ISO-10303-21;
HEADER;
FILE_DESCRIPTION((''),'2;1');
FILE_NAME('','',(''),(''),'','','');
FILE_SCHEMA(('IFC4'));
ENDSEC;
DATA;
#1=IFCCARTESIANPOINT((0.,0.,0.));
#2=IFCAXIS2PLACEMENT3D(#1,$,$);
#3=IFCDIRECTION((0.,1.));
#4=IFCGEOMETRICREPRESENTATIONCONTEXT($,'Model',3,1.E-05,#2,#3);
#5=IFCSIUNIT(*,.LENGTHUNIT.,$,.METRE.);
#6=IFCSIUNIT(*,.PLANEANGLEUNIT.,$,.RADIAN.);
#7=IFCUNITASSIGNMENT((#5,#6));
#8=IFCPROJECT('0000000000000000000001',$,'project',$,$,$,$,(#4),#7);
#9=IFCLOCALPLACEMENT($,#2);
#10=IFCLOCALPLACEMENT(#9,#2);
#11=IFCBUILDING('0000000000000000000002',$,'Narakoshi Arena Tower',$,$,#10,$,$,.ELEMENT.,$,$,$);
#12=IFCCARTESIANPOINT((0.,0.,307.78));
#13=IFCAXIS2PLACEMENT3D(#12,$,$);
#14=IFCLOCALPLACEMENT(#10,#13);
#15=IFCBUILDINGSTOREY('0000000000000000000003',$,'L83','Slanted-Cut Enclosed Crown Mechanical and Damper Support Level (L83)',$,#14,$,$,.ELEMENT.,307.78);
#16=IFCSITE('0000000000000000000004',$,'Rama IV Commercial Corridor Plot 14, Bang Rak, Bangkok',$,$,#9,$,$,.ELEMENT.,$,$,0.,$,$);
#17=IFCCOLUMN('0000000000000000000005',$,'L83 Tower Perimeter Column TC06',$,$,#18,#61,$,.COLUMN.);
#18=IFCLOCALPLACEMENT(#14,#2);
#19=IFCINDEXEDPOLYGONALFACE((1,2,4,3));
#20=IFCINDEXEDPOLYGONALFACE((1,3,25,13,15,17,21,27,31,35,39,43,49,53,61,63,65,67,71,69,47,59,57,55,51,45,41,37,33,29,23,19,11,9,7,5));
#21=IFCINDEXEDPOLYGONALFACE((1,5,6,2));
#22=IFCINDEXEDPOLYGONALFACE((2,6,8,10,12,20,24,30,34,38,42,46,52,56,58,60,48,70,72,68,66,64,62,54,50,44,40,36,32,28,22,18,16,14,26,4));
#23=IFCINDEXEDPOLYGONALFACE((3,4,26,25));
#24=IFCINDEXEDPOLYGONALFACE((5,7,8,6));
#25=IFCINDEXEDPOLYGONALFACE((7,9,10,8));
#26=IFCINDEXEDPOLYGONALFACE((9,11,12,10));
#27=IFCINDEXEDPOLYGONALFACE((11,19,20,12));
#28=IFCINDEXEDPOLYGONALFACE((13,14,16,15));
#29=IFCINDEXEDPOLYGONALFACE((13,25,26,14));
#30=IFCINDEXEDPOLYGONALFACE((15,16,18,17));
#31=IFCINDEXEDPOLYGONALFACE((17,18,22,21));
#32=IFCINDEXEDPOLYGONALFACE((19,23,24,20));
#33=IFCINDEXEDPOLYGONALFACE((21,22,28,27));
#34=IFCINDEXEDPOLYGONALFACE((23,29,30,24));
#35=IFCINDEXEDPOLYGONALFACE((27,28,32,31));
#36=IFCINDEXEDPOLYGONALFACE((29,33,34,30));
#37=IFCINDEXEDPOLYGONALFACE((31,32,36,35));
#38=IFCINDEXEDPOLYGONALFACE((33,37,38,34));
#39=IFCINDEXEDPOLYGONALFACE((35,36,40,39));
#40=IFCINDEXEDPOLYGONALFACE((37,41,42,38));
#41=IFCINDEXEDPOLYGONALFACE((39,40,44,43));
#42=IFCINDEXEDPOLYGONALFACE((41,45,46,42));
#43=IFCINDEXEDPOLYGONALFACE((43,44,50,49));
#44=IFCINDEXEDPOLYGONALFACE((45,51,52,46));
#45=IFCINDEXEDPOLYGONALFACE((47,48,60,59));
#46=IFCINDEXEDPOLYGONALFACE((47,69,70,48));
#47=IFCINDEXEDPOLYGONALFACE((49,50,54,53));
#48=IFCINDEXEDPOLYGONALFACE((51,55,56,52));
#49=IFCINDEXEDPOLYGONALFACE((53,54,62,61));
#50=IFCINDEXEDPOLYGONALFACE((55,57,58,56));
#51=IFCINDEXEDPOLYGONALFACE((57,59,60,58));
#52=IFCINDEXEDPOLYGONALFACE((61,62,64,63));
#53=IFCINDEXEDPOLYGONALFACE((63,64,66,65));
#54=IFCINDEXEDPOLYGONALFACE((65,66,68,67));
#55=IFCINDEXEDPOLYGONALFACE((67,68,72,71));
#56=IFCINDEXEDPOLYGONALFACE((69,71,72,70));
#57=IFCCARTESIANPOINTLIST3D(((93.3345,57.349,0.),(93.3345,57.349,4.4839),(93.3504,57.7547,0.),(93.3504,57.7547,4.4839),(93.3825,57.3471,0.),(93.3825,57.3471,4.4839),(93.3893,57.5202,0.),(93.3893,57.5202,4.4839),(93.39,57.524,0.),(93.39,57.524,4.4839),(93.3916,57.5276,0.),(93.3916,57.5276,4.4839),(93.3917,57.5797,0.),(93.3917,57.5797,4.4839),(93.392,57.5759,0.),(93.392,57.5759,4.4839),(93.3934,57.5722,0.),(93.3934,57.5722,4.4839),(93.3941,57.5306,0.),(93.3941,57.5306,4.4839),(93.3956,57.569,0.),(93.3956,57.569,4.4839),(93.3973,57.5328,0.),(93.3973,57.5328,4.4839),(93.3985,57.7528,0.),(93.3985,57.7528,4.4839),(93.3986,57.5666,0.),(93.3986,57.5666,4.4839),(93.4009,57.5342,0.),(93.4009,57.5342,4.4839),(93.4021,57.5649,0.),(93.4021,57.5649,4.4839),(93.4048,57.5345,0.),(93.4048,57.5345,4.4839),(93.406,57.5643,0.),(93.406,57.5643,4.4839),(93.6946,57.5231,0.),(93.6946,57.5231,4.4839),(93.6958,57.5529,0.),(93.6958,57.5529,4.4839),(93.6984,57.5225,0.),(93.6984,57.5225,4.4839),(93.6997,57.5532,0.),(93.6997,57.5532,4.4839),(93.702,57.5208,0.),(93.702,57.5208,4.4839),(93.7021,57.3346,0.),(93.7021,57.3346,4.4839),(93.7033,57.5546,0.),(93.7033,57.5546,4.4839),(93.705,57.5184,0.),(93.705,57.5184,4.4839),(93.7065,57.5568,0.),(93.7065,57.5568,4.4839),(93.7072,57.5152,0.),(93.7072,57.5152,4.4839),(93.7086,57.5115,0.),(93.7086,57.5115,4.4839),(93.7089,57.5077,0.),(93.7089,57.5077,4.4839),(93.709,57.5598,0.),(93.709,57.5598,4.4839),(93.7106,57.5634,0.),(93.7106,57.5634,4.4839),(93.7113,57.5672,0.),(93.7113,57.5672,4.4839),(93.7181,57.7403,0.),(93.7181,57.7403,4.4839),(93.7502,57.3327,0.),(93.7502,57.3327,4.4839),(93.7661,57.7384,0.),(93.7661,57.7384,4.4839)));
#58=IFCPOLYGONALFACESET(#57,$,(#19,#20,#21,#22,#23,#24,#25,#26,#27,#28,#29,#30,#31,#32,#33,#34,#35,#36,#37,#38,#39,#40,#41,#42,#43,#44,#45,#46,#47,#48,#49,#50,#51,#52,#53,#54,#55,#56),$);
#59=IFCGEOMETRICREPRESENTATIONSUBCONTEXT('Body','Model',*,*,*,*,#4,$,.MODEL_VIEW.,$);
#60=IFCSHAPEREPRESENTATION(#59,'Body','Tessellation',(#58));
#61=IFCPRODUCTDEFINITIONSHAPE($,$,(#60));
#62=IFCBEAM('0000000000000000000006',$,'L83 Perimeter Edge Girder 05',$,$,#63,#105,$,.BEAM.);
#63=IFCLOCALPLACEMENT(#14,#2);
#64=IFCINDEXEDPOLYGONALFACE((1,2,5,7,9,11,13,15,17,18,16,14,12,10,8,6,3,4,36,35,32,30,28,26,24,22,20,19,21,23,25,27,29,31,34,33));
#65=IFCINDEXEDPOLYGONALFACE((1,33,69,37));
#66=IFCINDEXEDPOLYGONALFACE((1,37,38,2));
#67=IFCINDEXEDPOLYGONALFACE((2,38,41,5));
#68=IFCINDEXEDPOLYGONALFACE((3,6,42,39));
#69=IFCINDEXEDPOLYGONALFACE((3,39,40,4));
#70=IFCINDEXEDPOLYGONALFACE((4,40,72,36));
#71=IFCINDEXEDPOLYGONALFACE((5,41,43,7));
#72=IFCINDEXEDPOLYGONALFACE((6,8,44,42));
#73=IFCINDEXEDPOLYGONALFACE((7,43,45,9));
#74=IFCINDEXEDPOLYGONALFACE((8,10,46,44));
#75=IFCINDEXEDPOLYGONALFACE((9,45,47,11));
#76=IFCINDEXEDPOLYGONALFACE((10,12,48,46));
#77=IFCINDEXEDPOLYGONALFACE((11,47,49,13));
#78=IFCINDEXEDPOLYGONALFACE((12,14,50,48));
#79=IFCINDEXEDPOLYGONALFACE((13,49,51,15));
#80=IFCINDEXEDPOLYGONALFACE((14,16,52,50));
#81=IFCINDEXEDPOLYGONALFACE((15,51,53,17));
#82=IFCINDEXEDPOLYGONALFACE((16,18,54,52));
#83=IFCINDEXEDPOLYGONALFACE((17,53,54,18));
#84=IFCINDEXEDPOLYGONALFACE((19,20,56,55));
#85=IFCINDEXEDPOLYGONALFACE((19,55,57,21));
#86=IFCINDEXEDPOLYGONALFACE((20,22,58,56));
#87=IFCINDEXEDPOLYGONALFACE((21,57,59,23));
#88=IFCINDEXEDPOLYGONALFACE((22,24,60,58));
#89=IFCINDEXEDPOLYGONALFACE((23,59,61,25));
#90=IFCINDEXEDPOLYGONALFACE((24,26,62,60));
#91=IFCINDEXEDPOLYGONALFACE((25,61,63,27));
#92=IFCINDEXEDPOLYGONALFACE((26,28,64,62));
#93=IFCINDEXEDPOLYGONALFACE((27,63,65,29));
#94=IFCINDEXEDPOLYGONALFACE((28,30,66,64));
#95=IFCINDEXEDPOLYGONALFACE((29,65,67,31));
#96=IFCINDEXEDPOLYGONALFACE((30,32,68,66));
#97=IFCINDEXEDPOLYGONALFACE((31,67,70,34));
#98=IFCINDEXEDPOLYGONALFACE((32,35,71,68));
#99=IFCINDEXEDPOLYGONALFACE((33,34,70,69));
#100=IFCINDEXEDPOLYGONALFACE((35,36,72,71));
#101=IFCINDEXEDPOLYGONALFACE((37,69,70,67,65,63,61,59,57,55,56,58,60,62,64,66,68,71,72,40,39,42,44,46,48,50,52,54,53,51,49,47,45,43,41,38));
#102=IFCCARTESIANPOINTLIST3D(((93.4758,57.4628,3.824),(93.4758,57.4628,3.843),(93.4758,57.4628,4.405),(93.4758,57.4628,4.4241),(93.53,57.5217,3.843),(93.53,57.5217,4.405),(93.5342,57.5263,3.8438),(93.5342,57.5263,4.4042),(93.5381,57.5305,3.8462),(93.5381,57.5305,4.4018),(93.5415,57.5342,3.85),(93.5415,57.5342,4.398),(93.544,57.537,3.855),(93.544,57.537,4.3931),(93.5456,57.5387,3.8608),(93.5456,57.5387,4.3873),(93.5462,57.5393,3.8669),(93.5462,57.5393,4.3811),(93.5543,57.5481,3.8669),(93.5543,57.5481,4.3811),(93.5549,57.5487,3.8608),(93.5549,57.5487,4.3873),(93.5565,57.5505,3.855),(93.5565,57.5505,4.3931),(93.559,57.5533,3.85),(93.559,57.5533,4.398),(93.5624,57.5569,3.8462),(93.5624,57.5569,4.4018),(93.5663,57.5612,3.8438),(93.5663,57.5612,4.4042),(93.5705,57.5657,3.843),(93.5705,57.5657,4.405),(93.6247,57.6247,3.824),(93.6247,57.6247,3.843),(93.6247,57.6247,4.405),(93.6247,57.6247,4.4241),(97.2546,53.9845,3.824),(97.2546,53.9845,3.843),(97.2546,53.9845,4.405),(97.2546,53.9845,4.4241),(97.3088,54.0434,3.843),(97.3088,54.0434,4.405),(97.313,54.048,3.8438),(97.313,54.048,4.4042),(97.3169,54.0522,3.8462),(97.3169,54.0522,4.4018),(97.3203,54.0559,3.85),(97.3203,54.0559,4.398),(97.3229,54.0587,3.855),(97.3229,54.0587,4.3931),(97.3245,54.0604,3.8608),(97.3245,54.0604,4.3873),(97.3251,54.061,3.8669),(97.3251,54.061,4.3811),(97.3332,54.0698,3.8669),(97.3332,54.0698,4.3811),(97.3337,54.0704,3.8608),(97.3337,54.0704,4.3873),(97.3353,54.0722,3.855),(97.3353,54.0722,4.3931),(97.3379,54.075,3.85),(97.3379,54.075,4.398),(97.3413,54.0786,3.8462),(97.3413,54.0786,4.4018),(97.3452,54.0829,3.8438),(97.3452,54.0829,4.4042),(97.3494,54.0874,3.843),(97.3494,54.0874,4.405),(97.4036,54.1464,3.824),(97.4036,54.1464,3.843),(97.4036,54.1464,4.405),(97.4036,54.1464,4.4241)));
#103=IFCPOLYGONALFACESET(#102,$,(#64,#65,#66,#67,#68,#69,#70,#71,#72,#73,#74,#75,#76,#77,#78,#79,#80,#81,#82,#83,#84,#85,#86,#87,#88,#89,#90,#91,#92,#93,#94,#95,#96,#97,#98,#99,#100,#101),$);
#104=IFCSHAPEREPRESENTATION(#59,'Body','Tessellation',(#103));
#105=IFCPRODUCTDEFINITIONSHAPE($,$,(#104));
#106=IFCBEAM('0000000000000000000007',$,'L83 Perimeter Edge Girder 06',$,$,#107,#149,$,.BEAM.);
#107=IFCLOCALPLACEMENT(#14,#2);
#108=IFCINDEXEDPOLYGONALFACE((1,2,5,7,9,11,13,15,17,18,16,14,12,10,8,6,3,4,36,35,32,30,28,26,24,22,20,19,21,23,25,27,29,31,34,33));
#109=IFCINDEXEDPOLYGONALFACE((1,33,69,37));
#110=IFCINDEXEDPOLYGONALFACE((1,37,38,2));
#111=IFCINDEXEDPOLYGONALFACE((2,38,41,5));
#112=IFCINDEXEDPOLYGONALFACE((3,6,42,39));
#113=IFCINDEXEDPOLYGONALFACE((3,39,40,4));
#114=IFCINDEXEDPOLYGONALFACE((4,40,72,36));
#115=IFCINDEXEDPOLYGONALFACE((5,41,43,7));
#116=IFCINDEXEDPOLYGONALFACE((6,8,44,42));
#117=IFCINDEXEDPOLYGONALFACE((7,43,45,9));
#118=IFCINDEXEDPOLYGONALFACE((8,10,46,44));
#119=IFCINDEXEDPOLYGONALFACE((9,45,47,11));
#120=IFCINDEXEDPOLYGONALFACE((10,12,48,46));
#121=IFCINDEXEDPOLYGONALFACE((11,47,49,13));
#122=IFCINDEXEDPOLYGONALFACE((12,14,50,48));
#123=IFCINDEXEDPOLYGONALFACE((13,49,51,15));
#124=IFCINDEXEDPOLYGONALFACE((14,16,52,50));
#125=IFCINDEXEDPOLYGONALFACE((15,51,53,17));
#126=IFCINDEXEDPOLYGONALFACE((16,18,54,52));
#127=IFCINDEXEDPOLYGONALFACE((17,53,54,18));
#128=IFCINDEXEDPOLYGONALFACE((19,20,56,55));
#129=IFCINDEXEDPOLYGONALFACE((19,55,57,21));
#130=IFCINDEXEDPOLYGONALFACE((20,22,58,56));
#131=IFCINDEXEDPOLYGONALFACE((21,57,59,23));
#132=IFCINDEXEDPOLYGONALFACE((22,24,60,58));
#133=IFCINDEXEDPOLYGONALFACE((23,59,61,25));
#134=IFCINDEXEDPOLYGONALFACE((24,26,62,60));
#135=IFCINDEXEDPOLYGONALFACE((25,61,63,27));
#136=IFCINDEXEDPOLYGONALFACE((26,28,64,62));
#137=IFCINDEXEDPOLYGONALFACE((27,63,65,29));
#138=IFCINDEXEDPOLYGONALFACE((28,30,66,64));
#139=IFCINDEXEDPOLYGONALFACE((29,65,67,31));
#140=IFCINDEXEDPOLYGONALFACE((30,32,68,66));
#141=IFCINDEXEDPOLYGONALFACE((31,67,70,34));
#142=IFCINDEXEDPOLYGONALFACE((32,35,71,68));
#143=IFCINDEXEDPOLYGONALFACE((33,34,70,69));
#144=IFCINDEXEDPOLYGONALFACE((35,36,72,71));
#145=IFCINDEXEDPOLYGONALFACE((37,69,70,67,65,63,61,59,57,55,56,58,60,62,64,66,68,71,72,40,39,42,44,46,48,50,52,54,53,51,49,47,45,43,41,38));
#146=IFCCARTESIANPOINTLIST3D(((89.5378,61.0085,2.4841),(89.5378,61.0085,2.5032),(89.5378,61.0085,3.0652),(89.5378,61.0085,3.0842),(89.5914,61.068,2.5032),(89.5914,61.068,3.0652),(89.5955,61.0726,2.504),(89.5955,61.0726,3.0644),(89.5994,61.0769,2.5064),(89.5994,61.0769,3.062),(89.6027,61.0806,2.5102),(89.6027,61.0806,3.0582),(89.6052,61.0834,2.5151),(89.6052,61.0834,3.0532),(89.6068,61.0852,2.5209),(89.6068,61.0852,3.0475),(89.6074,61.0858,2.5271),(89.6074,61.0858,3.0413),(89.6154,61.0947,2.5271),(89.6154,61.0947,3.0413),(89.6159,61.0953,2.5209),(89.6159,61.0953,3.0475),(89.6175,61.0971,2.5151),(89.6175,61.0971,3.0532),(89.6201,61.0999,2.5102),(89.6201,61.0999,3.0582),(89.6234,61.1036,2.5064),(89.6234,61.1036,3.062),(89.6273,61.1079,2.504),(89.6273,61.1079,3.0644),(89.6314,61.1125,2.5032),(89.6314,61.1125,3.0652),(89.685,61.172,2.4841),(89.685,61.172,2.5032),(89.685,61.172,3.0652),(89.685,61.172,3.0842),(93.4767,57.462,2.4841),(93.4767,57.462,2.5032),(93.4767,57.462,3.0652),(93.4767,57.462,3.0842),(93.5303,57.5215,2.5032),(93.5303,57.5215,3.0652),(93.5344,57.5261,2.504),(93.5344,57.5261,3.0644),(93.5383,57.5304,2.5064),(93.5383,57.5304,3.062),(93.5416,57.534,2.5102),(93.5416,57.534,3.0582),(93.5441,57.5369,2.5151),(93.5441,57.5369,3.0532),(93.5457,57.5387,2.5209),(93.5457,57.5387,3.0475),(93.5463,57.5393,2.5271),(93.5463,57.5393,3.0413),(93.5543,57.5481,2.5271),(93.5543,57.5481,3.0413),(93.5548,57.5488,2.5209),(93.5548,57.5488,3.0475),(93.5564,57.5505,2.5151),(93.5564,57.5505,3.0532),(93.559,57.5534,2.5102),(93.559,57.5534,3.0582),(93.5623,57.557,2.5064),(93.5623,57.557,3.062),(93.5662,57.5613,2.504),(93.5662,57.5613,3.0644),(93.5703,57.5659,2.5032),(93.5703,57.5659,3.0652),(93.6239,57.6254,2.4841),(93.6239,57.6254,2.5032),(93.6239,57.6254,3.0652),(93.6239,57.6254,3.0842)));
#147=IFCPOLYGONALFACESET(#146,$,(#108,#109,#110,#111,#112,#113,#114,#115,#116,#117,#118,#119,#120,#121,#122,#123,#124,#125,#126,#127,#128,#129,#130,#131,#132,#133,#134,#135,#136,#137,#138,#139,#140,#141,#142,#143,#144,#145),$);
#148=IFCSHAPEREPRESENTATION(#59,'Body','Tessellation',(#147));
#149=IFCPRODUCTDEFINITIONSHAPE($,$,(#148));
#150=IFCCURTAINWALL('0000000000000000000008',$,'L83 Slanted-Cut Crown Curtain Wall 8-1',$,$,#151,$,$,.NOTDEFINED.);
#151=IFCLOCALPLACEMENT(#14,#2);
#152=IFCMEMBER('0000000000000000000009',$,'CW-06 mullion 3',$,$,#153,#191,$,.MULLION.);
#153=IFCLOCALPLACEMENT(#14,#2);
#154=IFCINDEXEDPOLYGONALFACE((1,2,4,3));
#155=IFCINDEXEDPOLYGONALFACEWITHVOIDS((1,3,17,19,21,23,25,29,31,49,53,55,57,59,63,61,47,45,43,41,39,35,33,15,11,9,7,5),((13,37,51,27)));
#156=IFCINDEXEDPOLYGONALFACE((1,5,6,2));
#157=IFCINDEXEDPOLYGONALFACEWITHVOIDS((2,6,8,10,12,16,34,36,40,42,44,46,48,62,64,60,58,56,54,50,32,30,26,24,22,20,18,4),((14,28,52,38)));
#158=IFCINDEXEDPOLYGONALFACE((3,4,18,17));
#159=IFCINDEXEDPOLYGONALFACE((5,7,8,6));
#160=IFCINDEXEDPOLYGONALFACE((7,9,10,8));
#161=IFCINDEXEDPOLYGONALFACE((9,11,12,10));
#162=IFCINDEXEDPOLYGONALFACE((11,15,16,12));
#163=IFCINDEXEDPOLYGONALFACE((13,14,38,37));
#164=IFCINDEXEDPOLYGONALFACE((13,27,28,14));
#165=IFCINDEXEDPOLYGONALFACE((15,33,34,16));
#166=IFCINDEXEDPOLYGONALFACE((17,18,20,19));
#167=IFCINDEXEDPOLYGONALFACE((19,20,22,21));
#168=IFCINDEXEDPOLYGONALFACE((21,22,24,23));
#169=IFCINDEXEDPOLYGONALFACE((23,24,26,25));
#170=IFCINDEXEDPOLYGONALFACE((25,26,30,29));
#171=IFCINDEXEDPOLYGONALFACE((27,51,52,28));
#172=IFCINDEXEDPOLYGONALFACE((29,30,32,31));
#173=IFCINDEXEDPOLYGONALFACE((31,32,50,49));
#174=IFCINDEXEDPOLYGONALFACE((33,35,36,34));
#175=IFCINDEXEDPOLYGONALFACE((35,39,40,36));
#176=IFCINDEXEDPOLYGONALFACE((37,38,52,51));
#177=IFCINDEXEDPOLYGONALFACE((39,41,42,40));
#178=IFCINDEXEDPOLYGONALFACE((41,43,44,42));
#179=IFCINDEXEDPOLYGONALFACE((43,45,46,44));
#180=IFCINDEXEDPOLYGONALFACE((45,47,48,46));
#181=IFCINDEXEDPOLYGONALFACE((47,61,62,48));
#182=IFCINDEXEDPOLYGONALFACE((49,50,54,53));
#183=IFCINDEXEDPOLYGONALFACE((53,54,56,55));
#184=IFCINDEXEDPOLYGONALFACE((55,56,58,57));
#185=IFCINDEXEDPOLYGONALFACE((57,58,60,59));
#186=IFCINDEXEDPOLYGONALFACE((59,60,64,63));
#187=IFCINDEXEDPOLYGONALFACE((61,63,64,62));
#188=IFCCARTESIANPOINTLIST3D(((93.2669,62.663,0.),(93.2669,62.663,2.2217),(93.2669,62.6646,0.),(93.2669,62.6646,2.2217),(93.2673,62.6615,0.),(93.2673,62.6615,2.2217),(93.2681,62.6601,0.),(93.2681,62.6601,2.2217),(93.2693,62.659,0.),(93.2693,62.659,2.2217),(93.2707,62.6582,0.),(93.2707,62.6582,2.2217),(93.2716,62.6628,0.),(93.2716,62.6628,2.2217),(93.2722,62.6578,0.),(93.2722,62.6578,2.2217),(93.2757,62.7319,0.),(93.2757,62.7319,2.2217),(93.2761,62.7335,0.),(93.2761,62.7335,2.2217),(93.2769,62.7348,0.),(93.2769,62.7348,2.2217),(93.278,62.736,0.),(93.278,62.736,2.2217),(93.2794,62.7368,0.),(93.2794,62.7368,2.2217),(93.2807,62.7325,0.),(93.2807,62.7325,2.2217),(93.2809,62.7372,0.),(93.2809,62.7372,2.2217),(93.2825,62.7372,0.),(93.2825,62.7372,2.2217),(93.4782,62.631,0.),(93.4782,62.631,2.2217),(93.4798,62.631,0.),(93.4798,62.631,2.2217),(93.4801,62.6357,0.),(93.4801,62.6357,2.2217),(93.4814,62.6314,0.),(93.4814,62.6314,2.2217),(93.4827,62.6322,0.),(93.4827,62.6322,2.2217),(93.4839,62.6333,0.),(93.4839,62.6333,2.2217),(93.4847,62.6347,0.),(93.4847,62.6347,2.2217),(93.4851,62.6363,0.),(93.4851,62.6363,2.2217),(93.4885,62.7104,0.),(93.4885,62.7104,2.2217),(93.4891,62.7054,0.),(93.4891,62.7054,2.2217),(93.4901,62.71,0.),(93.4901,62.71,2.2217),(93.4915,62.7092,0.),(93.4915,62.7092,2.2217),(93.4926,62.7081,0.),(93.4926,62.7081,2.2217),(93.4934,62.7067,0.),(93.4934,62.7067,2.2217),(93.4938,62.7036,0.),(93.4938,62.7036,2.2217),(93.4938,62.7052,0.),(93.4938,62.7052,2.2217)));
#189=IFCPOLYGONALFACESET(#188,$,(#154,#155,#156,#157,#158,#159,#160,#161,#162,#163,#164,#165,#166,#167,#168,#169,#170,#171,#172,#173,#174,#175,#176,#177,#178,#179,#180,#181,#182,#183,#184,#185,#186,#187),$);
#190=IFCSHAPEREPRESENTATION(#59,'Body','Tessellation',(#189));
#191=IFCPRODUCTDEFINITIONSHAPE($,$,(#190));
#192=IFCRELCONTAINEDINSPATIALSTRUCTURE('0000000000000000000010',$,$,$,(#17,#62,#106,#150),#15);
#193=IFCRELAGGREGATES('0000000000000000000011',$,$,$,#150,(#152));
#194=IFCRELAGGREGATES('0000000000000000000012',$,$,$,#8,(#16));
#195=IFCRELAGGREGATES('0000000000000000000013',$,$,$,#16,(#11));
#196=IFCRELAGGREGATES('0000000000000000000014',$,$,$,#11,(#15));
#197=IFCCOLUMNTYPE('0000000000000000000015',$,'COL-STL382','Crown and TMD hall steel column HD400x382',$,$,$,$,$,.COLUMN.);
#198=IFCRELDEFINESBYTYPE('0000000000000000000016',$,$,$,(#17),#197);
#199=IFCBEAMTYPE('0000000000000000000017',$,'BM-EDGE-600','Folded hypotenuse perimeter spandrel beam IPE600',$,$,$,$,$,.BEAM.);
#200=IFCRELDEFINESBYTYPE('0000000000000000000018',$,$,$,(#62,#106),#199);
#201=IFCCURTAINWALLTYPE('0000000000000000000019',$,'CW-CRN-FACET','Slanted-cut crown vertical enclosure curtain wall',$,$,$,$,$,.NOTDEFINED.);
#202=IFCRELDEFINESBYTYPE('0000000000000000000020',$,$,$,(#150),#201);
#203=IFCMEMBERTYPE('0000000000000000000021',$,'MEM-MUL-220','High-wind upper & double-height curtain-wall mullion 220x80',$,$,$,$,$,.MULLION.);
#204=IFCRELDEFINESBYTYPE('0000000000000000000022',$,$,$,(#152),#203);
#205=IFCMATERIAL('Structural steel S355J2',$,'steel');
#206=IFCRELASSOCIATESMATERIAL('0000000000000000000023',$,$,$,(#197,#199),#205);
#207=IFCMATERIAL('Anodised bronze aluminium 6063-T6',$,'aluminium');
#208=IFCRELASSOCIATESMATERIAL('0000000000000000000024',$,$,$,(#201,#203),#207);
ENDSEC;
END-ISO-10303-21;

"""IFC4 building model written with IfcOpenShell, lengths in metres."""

from ifc_helpers import new_model, si_unit, direction, frame, origin, origin_2d, place, context, subcontext, project, spatial, hollow_rectangle, i_section, extrude, material, material_profile, profile_set, type_object, element, aggregate, save


model = new_model("IFC4")

# Units and contexts
model_context = context("Model", 3, precision=1e-05, world=origin(), true_north=direction((0.0, 1.0)))
body_context = subcontext(model_context, "Body", "Model", "MODEL_VIEW")
ifc_project = project(units=[si_unit("LENGTHUNIT", "METRE"), si_unit("PLANEANGLEUNIT", "RADIAN")], contexts=[model_context])

# Site, building, storey
site_placement = place(None, origin())
site = spatial("IfcSite", under=ifc_project, at=site_placement, Name="Rama IV Commercial Corridor Plot 14, Bang Rak, Bangkok", CompositionType="ELEMENT", RefElevation=0.0)
building_placement = place(site_placement, origin())
building = spatial("IfcBuilding", under=site, at=building_placement, Name="Narakoshi Arena Tower", CompositionType="ELEMENT")
storey_placement = place(building_placement, frame((0.0, 0.0, 307.78)))
storey = spatial("IfcBuildingStorey", under=building, at=storey_placement, Name="L83", Description="Slanted-Cut Enclosed Crown Mechanical and Damper Support Level (L83)", CompositionType="ELEMENT", Elevation=307.78)

# Column
ifc_material_1 = material(Name="Structural steel S355J2", Category="steel")
ifc_material_profile_1 = material_profile(ifc_material_1, i_section(OverallWidth=0.406, OverallDepth=0.416, WebThickness=0.0298, FlangeThickness=0.0481, FilletRadius=0.0149, at=origin_2d()), Name="HD400x382")
ifc_profile_set_1 = profile_set([ifc_material_profile_1], Name="Structural steel S355J2")
column_type = type_object("IfcColumnType", Name="COL-STL382", Description="Crown and TMD hall steel column HD400x382", PredefinedType="COLUMN", material=ifc_profile_set_1)
column_placement = place(storey_placement, frame((93.5503, 57.5437, 0.0), z_axis=(0.0, 0.0, 1.0), x_axis=(0.03926, 0.999229, 0.0)))
element("IfcColumn", 1, at=column_placement, inside=storey, type_object=column_type, Name="L83 Tower Perimeter Column TC06", PredefinedType="COLUMN", context=body_context, shape_type="SweptSolid", body=[
    extrude(i_section(OverallWidth=0.406, OverallDepth=0.416, WebThickness=0.0298, FlangeThickness=0.0481, FilletRadius=0.0149, at=origin_2d()), origin(), (0.0, 0.0, 1.0), 4.4839),
])

# Beams
ifc_material_profile_2 = material_profile(ifc_material_1, i_section(OverallWidth=0.22, OverallDepth=0.6001, WebThickness=0.012, FlangeThickness=0.019, FilletRadius=0.0239, at=origin_2d()), Name="IPE600")
ifc_profile_set_2 = profile_set([ifc_material_profile_2], Name="Structural steel S355J2")
beam_type = type_object("IfcBeamType", Name="BM-EDGE-600", Description="Folded hypotenuse perimeter spandrel beam IPE600", PredefinedType="BEAM", material=ifc_profile_set_2)
beam_1_placement = place(storey_placement, frame((97.3291, 54.0654, 4.124), z_axis=(-0.73576, 0.677243, 0.0), x_axis=(-0.677243, -0.73576, 0.0)))
element("IfcBeam", 2, at=beam_1_placement, inside=storey, type_object=beam_type, Name="L83 Perimeter Edge Girder 05", PredefinedType="BEAM", context=body_context, shape_type="SweptSolid", body=[
    extrude(i_section(OverallWidth=0.22, OverallDepth=0.6001, WebThickness=0.012, FlangeThickness=0.019, FilletRadius=0.0239, at=origin_2d()), origin(), (0.0, 0.0, 1.0), 5.136),
])
beam_2_placement = place(storey_placement, frame((93.5503, 57.5437, 2.7842), z_axis=(-0.743148, 0.669128, 0.0), x_axis=(-0.669128, -0.743148, 0.0)))
element("IfcBeam", 3, at=beam_2_placement, inside=storey, type_object=beam_type, Name="L83 Perimeter Edge Girder 06", PredefinedType="BEAM", context=body_context, shape_type="SweptSolid", body=[
    extrude(i_section(OverallWidth=0.22, OverallDepth=0.6001, WebThickness=0.012, FlangeThickness=0.019, FilletRadius=0.0239, at=origin_2d()), origin(), (0.0, 0.0, 1.0), 5.3003),
])

# Curtain wall, member
ifc_material_2 = material(Name="Anodised bronze aluminium 6063-T6", Category="aluminium")
curtain_wall_type = type_object("IfcCurtainWallType", Name="CW-CRN-FACET", Description="Slanted-cut crown vertical enclosure curtain wall", PredefinedType="NOTDEFINED", material=ifc_material_2)
curtain_wall_placement = place(storey_placement, origin())
curtain_wall = element("IfcCurtainWall", 4, at=curtain_wall_placement, inside=storey, type_object=curtain_wall_type, Name="L83 Slanted-Cut Crown Curtain Wall 8-1", PredefinedType="NOTDEFINED")
ifc_material_profile_3 = material_profile(ifc_material_2, hollow_rectangle(XDim=0.0801, YDim=0.22, WallThickness=0.0049, OuterFilletRadius=0.0061, at=origin_2d()), Name="MUL220x80x5")
ifc_profile_set_3 = profile_set([ifc_material_profile_3], Name="Anodised bronze aluminium 6063-T6")
member_type_1 = type_object("IfcMemberType", Name="MEM-MUL-220", Description="High-wind upper & double-height curtain-wall mullion 220x80", PredefinedType="MULLION", material=ifc_profile_set_3)
member_1_placement = place(storey_placement, frame((93.3804, 62.6841, 0.0), z_axis=(0.0, 0.0, 1.0), x_axis=(0.12889, 0.991659, 0.0)))
member_1 = element("IfcMember", 5, at=member_1_placement, type_object=member_type_1, Name="CW-06 mullion 3", PredefinedType="MULLION", context=body_context, shape_type="SweptSolid", body=[
    extrude(hollow_rectangle(XDim=0.0801, YDim=0.22, WallThickness=0.0049, OuterFilletRadius=0.0061, at=origin_2d()), origin(), (0.0, 0.0, 1.0), 2.2217),
])
aggregate(curtain_wall, [member_1])

save(model, "model.ifc")
